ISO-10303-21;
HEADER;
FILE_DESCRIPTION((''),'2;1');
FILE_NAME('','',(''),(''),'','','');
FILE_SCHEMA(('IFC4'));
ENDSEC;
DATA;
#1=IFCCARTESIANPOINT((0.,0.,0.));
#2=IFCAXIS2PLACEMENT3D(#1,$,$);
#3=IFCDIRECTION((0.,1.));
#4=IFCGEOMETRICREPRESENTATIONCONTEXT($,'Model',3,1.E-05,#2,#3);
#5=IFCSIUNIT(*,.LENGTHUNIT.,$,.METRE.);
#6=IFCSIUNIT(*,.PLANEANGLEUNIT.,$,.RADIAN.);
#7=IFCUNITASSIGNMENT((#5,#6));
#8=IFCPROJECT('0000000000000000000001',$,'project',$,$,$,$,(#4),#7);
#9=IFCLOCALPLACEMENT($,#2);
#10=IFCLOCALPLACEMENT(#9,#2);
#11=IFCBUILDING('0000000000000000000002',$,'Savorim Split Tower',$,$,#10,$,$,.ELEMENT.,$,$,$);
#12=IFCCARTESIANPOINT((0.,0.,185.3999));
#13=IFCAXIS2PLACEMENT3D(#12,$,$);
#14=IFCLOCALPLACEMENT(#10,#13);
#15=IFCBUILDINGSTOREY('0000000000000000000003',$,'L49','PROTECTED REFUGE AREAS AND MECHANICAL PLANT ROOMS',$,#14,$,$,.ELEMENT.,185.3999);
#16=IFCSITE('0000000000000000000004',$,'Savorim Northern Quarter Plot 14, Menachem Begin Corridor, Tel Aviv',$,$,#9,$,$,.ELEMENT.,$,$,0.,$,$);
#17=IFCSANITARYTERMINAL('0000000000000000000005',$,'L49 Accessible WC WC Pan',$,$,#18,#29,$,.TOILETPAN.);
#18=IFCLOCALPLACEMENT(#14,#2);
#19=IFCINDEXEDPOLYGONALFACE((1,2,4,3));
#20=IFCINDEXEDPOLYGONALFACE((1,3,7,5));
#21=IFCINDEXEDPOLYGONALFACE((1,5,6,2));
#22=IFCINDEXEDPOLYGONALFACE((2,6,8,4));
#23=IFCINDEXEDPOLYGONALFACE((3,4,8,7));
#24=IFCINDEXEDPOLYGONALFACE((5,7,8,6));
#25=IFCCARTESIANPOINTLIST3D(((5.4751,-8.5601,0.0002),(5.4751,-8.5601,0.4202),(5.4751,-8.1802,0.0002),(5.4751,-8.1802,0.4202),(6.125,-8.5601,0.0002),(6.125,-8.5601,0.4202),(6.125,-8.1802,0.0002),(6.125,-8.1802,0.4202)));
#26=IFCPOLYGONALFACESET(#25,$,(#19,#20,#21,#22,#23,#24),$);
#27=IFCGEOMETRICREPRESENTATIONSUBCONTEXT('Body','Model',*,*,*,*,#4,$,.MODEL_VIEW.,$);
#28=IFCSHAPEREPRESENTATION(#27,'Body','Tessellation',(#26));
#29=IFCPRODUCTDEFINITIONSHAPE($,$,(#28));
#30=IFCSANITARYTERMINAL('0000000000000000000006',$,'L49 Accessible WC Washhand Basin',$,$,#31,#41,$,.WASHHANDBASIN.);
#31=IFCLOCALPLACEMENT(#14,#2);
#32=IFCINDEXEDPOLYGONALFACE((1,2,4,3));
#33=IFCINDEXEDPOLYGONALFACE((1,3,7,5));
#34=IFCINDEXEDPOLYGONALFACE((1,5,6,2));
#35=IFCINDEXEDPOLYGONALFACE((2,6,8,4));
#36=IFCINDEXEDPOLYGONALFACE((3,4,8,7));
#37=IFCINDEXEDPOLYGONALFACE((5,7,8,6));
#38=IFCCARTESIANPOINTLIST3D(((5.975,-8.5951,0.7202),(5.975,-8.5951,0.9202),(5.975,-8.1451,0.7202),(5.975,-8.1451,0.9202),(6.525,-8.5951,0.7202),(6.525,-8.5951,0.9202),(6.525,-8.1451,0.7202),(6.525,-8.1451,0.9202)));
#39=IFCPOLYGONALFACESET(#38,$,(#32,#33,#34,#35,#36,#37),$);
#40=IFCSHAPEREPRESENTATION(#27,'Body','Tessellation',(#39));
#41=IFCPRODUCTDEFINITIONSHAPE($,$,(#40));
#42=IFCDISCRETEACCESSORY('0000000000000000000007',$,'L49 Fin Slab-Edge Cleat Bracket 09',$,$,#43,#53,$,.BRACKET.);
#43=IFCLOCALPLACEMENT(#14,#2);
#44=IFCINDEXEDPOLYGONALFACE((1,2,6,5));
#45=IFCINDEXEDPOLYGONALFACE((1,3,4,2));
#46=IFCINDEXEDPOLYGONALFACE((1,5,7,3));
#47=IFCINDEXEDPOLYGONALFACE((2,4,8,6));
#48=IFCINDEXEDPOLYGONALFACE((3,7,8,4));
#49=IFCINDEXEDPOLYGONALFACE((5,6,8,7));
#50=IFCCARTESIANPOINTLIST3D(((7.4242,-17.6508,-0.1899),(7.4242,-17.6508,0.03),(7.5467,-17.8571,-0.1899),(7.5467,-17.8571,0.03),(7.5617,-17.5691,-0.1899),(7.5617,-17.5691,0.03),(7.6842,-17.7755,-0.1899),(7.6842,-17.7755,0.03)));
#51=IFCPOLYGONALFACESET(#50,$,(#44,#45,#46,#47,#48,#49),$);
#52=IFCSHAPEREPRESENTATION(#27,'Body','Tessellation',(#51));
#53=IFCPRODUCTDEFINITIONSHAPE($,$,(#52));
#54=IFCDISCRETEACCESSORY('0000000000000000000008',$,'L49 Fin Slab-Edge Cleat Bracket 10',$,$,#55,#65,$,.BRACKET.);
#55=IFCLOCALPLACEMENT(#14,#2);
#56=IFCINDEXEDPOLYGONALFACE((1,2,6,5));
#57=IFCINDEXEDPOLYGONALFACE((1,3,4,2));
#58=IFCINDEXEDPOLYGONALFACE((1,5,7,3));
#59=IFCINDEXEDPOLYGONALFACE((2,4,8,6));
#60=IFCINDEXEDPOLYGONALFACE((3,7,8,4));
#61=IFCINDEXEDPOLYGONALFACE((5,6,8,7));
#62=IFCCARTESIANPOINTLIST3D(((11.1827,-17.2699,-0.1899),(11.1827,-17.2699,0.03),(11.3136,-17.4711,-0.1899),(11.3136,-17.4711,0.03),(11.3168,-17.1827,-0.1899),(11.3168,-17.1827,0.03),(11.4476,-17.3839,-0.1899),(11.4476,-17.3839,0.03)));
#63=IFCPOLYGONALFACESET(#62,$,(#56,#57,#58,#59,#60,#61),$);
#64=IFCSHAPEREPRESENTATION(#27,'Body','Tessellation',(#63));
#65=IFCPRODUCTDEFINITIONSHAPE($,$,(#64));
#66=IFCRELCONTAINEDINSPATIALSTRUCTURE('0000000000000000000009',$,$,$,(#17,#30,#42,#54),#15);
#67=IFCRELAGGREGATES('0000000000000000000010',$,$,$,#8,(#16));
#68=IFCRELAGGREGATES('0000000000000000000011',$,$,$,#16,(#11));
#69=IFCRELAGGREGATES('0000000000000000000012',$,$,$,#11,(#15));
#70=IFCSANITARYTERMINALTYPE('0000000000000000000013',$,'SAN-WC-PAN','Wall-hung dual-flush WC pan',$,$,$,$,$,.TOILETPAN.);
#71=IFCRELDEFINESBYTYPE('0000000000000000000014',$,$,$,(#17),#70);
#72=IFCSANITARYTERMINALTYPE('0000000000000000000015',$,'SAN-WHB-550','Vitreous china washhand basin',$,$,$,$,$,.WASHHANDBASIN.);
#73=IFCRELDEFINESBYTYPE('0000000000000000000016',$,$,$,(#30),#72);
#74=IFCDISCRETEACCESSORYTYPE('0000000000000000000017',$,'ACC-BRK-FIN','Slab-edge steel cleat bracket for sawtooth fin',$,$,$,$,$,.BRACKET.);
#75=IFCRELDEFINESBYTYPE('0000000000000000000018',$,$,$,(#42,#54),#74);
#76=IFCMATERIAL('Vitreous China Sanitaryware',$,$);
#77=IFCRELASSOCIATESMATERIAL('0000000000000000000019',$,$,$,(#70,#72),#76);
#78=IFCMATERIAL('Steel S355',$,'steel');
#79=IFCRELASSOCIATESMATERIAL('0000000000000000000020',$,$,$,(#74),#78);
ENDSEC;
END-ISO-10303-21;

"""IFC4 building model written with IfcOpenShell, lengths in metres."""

from ifc_helpers import new_model, si_unit, direction, frame, origin, origin_2d, place, context, subcontext, project, spatial, rectangle, extrude, material, type_object, element, save


model = new_model("IFC4")

# Units and contexts
model_context = context("Model", 3, precision=1e-05, world=origin(), true_north=direction((0.0, 1.0)))
body_context = subcontext(model_context, "Body", "Model", "MODEL_VIEW")
ifc_project = project(units=[si_unit("LENGTHUNIT", "METRE"), si_unit("PLANEANGLEUNIT", "RADIAN")], contexts=[model_context])

# Site, building, storey
site_placement = place(None, origin())
site = spatial("IfcSite", under=ifc_project, at=site_placement, Name="Savorim Northern Quarter Plot 14, Menachem Begin Corridor, Tel Aviv", CompositionType="ELEMENT", RefElevation=0.0)
building_placement = place(site_placement, origin())
building = spatial("IfcBuilding", under=site, at=building_placement, Name="Savorim Split Tower", CompositionType="ELEMENT")
storey_placement = place(building_placement, frame((0.0, 0.0, 185.3999)))
storey = spatial("IfcBuildingStorey", under=building, at=storey_placement, Name="L49", Description="PROTECTED REFUGE AREAS AND MECHANICAL PLANT ROOMS", CompositionType="ELEMENT", Elevation=185.3999)

# Shared definitions
ifc_material_1 = material(Name="Steel S355", Category="steel")

# Sanitary terminals
ifc_material_2 = material(Name="Vitreous China Sanitaryware")
sanitary_terminal_type_1 = type_object("IfcSanitaryTerminalType", Name="SAN-WC-PAN", Description="Wall-hung dual-flush WC pan", PredefinedType="TOILETPAN", material=ifc_material_2)
sanitary_terminal_1_placement = place(storey_placement, frame((5.8, -8.3701, 0.0002), z_axis=(0.0, 0.0, 1.0), x_axis=(1.0, 0.0, 0.0)))
element("IfcSanitaryTerminal", 1, at=sanitary_terminal_1_placement, inside=storey, type_object=sanitary_terminal_type_1, Name="L49 Accessible WC WC Pan", PredefinedType="TOILETPAN", context=body_context, shape_type="SweptSolid", body=[
    extrude(rectangle(XDim=0.6499, YDim=0.3799, at=origin_2d()), origin(), (0.0, 0.0, 1.0), 0.4199),
])
sanitary_terminal_type_2 = type_object("IfcSanitaryTerminalType", Name="SAN-WHB-550", Description="Vitreous china washhand basin", PredefinedType="WASHHANDBASIN", material=ifc_material_2)
sanitary_terminal_2_placement = place(storey_placement, frame((6.25, -8.3701, 0.7202), z_axis=(0.0, 0.0, 1.0), x_axis=(1.0, 0.0, 0.0)))
element("IfcSanitaryTerminal", 2, at=sanitary_terminal_2_placement, inside=storey, type_object=sanitary_terminal_type_2, Name="L49 Accessible WC Washhand Basin", PredefinedType="WASHHANDBASIN", context=body_context, shape_type="SweptSolid", body=[
    extrude(rectangle(XDim=0.55, YDim=0.45, at=origin_2d()), origin(), (0.0, 0.0, 1.0), 0.2),
])

# Discrete accessories
discrete_accessory_type = type_object("IfcDiscreteAccessoryType", Name="ACC-BRK-FIN", Description="Slab-edge steel cleat bracket for sawtooth fin", PredefinedType="BRACKET", material=ifc_material_1)
for number, where, z_axis, x_axis, name in (
    (3, (7.5542, -17.7131, -0.1899), (0.0, 0.0, 1.0), (0.510391, -0.859942, 0.0), "L49 Fin Slab-Edge Cleat Bracket 09"),
    (4, (11.3152, -17.3269, -0.1899), (0.0, 0.0, 1.0), (0.545148, -0.83834, 0.0), "L49 Fin Slab-Edge Cleat Bracket 10"),
):
    element("IfcDiscreteAccessory", number, at=place(storey_placement, frame(where, z_axis=z_axis, x_axis=x_axis)), inside=storey, type_object=discrete_accessory_type, Name=name, PredefinedType="BRACKET", context=body_context, shape_type="SweptSolid", body=[
        extrude(rectangle(XDim=0.24, YDim=0.1599, at=origin_2d()), origin(), (0.0, 0.0, 1.0), 0.22),
    ])

save(model, "model.ifc")
